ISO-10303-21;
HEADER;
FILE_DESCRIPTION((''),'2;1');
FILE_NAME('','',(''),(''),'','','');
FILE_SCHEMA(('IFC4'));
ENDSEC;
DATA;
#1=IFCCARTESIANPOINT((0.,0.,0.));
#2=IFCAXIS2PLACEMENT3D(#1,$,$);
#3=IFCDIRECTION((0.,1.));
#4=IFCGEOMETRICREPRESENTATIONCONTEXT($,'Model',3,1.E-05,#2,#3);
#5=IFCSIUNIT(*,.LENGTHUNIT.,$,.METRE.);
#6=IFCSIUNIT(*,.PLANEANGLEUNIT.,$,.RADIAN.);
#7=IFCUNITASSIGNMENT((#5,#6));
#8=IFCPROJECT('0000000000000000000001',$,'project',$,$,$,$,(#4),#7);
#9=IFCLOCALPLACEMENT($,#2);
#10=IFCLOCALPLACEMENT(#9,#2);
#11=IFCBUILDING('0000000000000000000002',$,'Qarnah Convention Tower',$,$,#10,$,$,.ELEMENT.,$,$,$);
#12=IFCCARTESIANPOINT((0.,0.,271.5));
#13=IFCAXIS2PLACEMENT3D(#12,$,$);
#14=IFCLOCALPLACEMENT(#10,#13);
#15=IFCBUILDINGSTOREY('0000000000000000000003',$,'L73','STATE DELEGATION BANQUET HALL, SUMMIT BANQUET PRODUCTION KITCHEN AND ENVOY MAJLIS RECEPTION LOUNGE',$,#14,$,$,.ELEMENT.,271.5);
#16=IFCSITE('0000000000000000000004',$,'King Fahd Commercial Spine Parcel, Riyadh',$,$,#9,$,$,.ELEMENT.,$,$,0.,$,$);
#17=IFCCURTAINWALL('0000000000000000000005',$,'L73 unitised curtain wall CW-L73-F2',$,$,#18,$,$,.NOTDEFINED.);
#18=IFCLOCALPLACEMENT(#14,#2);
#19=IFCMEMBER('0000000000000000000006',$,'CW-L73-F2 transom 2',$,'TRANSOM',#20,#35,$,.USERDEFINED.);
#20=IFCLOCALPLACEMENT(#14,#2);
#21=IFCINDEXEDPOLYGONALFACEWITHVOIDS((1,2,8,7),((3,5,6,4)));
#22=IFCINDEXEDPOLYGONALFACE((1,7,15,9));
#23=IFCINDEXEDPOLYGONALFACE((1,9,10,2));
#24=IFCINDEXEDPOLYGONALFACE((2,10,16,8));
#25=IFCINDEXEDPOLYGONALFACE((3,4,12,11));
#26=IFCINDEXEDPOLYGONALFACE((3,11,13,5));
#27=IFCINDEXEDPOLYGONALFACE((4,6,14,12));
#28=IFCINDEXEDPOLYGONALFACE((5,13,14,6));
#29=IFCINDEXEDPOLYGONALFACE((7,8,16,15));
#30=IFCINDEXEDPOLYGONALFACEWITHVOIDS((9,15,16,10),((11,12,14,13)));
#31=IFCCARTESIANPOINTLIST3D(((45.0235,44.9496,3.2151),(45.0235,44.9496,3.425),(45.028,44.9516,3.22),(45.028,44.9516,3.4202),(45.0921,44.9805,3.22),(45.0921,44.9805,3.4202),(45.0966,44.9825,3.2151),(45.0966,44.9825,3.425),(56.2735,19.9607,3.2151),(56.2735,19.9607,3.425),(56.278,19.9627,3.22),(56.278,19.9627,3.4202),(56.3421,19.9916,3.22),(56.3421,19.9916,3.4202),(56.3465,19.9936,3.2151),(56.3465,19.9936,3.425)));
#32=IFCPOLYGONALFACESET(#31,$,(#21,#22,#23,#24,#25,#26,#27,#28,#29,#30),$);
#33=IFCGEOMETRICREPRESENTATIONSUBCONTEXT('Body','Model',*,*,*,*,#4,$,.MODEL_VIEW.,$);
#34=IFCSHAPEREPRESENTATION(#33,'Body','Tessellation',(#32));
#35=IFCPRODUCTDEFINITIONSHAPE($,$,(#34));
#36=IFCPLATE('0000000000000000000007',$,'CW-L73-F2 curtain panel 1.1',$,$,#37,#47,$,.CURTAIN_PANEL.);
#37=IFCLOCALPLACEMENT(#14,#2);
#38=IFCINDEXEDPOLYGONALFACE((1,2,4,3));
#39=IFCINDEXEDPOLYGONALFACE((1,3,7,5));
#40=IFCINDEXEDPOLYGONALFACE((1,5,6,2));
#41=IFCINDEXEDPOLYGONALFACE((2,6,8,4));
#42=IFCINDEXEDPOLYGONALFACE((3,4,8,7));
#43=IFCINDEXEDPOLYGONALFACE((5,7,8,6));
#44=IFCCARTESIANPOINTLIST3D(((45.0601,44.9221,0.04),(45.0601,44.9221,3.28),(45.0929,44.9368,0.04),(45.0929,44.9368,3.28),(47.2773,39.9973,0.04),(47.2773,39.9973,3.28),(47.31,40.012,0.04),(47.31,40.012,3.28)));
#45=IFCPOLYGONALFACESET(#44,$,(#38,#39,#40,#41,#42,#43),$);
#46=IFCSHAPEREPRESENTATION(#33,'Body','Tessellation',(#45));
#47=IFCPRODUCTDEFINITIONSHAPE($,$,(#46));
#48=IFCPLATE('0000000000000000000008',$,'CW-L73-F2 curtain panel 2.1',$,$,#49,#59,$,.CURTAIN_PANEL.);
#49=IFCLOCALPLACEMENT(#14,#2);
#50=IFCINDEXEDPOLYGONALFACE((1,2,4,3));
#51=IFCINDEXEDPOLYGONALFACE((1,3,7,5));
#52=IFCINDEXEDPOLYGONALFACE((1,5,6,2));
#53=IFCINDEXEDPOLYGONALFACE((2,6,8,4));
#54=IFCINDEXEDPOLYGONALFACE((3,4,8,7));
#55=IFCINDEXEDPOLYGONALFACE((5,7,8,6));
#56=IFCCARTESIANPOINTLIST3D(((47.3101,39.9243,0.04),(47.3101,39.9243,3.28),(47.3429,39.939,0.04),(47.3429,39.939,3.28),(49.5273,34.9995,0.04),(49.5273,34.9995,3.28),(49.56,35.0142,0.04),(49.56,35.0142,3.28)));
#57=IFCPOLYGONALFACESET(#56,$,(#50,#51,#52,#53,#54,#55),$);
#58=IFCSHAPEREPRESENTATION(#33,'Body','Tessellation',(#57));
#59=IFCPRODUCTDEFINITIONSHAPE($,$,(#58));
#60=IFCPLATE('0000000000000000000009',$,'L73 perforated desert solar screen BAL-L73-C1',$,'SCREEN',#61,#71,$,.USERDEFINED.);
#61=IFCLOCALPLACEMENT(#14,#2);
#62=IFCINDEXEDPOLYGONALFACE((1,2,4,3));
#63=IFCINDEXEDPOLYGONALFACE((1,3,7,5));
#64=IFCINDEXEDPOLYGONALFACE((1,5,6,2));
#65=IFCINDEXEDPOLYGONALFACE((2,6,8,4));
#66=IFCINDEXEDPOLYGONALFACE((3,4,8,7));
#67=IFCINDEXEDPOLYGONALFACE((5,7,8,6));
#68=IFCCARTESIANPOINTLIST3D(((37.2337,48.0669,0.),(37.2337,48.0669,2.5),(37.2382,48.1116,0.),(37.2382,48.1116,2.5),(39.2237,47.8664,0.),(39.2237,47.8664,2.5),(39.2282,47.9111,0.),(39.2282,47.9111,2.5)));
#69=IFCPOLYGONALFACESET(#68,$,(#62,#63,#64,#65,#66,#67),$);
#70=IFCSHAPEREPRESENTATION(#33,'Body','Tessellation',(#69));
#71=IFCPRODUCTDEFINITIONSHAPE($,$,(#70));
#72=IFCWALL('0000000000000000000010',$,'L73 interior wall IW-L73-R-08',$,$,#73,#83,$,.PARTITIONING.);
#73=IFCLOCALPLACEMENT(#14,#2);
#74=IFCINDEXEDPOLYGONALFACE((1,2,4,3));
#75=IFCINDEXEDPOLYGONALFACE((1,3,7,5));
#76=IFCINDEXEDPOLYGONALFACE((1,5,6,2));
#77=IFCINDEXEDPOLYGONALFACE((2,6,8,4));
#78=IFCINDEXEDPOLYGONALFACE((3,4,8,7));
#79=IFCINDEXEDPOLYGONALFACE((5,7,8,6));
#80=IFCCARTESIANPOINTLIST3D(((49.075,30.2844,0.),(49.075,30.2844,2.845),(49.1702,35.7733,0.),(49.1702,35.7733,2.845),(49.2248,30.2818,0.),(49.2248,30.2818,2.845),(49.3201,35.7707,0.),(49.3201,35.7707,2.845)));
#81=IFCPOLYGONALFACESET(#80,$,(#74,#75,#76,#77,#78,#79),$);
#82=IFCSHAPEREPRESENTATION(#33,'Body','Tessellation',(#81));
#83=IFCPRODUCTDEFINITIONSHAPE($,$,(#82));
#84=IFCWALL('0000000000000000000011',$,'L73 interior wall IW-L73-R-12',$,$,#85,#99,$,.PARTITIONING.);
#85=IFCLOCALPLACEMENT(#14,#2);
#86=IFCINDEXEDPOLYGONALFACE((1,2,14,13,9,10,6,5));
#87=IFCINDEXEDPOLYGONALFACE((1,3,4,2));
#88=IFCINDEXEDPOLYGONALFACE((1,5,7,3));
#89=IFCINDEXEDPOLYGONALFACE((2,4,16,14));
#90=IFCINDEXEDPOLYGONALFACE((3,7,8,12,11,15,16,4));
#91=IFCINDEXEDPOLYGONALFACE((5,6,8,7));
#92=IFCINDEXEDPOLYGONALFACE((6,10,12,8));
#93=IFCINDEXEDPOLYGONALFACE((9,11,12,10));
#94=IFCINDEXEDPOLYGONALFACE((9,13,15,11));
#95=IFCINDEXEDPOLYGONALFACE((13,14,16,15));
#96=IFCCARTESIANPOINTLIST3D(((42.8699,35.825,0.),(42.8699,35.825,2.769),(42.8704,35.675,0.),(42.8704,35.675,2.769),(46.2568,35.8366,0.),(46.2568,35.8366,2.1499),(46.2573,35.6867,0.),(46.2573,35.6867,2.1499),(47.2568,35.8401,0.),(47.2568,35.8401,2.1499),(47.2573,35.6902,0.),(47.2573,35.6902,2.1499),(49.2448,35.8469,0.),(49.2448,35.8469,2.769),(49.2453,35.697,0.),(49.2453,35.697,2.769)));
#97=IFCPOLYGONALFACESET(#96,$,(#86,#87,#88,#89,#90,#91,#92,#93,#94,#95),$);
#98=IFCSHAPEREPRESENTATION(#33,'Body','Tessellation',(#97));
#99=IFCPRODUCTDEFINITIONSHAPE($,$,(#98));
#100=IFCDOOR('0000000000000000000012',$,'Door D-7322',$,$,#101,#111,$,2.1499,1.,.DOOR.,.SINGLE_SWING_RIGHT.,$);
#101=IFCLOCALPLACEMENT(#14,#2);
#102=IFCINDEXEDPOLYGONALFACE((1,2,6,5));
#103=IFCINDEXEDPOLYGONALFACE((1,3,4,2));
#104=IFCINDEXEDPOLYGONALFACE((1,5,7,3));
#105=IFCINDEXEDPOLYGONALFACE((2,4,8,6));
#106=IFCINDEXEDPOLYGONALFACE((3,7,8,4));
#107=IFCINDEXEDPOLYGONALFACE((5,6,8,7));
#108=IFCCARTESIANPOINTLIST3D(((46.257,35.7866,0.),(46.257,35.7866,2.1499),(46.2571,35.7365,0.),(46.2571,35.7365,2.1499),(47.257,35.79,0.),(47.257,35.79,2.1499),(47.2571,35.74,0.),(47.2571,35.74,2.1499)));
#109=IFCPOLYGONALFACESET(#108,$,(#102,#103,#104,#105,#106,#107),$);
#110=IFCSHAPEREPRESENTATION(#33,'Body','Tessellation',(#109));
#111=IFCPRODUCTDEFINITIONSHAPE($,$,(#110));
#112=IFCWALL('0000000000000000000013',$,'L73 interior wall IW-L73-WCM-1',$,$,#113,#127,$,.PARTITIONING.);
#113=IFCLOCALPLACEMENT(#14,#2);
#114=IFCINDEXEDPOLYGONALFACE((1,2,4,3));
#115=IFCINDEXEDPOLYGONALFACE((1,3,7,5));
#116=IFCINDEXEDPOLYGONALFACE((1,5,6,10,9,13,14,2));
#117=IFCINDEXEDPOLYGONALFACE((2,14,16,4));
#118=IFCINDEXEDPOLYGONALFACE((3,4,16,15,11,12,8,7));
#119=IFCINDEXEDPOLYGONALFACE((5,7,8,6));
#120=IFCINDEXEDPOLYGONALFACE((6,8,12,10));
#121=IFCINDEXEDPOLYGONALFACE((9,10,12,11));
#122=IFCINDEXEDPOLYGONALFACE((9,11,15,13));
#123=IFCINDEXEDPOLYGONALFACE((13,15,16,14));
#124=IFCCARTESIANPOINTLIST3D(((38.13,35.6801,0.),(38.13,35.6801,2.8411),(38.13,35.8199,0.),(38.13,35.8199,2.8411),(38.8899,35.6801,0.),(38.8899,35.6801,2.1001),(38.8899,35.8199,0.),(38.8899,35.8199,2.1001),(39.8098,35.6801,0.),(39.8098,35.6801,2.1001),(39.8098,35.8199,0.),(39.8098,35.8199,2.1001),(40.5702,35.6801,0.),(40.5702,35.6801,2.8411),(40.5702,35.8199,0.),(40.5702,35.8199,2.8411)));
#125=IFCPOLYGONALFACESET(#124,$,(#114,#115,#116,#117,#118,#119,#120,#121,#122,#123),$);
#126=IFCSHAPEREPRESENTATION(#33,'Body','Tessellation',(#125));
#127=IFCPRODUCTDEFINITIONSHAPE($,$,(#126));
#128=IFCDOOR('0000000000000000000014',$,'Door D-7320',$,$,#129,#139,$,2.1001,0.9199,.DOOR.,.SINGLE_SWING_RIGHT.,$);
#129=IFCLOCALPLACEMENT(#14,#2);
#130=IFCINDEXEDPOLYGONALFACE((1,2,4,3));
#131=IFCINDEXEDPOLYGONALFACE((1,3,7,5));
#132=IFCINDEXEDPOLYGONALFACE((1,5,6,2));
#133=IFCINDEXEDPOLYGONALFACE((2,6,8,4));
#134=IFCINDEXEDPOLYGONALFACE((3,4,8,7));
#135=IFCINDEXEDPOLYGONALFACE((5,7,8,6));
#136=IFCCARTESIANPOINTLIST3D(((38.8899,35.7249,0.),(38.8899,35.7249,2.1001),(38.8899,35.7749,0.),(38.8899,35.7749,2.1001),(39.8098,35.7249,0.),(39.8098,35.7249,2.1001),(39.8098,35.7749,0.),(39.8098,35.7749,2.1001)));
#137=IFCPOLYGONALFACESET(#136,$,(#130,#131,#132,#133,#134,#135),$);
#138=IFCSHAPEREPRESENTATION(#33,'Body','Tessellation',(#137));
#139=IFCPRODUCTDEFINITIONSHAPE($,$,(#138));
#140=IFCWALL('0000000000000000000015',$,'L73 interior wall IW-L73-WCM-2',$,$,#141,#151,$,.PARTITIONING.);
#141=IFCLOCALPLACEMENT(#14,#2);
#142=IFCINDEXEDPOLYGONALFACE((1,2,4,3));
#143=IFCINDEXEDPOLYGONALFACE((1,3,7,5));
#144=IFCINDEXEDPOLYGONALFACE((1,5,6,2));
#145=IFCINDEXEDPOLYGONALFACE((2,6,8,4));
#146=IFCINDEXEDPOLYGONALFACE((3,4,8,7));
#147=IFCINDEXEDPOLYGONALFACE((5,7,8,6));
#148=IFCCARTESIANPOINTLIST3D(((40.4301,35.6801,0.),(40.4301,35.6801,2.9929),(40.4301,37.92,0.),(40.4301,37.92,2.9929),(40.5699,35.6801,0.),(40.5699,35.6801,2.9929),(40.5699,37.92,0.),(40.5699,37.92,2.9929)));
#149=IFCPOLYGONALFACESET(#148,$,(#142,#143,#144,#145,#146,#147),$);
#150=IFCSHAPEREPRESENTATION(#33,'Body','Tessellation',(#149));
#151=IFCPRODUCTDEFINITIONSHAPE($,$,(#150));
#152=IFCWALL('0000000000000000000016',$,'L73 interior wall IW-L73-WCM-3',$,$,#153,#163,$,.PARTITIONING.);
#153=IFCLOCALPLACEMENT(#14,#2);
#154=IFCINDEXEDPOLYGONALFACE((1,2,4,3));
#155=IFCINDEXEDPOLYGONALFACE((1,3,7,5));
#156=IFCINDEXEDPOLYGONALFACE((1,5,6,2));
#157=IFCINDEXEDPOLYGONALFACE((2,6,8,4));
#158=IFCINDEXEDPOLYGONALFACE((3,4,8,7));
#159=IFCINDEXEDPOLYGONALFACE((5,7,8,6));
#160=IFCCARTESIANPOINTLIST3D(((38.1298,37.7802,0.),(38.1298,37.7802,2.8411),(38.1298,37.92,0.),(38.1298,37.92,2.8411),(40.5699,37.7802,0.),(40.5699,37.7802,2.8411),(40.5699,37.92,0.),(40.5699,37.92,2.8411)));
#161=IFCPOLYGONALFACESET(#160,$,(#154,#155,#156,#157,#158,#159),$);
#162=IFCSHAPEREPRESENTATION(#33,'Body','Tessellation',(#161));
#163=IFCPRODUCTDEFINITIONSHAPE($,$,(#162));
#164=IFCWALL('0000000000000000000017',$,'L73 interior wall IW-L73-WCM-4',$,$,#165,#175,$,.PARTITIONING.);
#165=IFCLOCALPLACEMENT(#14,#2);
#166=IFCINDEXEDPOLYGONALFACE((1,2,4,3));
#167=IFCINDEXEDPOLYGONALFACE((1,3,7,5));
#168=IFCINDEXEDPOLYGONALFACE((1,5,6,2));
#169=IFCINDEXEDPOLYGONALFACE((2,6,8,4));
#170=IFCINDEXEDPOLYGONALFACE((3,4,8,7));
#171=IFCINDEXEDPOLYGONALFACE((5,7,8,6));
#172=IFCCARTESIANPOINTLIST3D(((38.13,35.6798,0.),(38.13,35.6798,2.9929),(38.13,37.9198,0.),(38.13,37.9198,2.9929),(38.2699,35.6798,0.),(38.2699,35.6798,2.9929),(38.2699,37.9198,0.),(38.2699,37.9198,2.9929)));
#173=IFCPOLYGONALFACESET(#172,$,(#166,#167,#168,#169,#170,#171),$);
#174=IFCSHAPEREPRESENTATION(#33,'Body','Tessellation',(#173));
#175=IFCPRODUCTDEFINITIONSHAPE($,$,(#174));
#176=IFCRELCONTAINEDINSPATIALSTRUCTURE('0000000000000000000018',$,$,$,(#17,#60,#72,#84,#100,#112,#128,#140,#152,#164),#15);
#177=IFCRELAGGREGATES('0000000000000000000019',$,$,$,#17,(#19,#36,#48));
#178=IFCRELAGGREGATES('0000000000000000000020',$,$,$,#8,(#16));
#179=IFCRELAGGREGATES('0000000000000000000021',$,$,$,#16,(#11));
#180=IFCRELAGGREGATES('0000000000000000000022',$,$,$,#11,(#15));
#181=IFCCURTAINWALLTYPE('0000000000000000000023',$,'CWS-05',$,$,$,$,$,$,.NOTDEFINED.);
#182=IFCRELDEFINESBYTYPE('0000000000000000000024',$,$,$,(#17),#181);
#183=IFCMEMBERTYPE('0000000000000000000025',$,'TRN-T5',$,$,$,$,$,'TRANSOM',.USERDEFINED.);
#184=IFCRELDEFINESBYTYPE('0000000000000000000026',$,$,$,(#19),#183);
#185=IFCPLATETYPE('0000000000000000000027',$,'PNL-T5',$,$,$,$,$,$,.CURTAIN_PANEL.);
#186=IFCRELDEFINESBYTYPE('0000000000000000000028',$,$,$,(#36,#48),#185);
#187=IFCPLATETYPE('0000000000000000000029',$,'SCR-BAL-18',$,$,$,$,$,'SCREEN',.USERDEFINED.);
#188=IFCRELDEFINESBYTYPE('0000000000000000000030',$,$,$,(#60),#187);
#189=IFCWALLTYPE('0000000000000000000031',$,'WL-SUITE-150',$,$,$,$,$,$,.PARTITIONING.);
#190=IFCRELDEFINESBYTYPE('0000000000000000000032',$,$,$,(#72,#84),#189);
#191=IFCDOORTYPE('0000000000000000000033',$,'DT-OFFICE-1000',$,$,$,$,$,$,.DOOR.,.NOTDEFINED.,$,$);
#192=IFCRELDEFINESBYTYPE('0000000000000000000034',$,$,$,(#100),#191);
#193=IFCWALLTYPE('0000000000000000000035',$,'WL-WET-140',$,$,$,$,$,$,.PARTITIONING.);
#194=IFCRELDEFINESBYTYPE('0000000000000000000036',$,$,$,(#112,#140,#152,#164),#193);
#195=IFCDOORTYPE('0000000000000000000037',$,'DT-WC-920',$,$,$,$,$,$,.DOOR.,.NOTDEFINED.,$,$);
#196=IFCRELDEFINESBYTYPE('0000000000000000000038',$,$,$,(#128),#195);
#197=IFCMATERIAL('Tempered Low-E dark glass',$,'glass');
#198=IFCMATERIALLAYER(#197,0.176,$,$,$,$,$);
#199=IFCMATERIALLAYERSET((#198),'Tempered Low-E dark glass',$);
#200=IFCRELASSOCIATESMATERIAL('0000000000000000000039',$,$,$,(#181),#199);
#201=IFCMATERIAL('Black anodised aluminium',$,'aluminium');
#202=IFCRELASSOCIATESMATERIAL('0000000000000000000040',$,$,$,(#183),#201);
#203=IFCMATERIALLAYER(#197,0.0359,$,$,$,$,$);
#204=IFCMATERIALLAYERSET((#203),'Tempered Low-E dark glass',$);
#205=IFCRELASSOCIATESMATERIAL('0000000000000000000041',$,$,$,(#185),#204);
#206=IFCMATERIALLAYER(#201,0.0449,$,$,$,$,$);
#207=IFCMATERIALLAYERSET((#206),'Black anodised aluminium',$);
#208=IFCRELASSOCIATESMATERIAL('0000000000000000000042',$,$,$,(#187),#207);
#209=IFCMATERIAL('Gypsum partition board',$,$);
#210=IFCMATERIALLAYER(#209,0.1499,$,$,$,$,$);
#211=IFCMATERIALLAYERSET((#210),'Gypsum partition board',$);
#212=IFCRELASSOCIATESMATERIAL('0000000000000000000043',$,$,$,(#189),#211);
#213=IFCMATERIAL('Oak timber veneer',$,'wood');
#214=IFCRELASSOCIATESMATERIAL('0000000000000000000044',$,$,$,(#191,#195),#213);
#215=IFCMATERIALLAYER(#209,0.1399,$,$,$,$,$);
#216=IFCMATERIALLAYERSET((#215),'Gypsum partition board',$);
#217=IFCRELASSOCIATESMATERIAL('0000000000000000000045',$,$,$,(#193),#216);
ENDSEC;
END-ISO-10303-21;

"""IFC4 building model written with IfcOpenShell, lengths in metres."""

from ifc_helpers import new_model, si_unit, direction, frame, frame_2d, origin, origin_2d, place, context, subcontext, project, spatial, rectangle, hollow_rectangle, extrude, material, layer, layer_set, material_profile, profile_set, type_object, element, fill, aggregate, save


model = new_model("IFC4")

# Units and contexts
model_context = context("Model", 3, precision=1e-05, world=origin(), true_north=direction((0.0, 1.0)))
body_context = subcontext(model_context, "Body", "Model", "MODEL_VIEW")
ifc_project = project(units=[si_unit("LENGTHUNIT", "METRE"), si_unit("PLANEANGLEUNIT", "RADIAN")], contexts=[model_context])

# Site, building, storey
site_placement = place(None, origin())
site = spatial("IfcSite", under=ifc_project, at=site_placement, Name="King Fahd Commercial Spine Parcel, Riyadh", CompositionType="ELEMENT", RefElevation=0.0)
building_placement = place(site_placement, origin())
building = spatial("IfcBuilding", under=site, at=building_placement, Name="Qarnah Convention Tower", CompositionType="ELEMENT")
storey_placement = place(building_placement, frame((0.0, 0.0, 271.5)))
storey = spatial("IfcBuildingStorey", under=building, at=storey_placement, Name="L73", Description="STATE DELEGATION BANQUET HALL, SUMMIT BANQUET PRODUCTION KITCHEN AND ENVOY MAJLIS RECEPTION LOUNGE", CompositionType="ELEMENT", Elevation=271.5)

# Curtain wall, member, plates
ifc_material_1 = material(Name="Tempered Low-E dark glass", Category="glass")
ifc_layer_1 = layer(ifc_material_1, 0.176)
ifc_layer_set_1 = layer_set([ifc_layer_1], Name="Tempered Low-E dark glass")
curtain_wall_type = type_object("IfcCurtainWallType", Name="CWS-05", PredefinedType="NOTDEFINED", material=ifc_layer_set_1)
curtain_wall_placement = place(storey_placement, origin())
curtain_wall = element("IfcCurtainWall", 1, at=curtain_wall_placement, inside=storey, type_object=curtain_wall_type, Name="L73 unitised curtain wall CW-L73-F2", PredefinedType="NOTDEFINED")
ifc_material_2 = material(Name="Black anodised aluminium", Category="aluminium")
ifc_material_profile_1 = material_profile(ifc_material_2, hollow_rectangle(XDim=0.0801, YDim=0.21, WallThickness=0.0049, at=origin_2d()), Name="TRN-80X210")
ifc_profile_set_1 = profile_set([ifc_material_profile_1], Name="Black anodised aluminium")
member_type_1 = type_object("IfcMemberType", Name="TRN-T5", ElementType="TRANSOM", PredefinedType="USERDEFINED", material=ifc_profile_set_1)
member_1_placement = place(storey_placement, frame((45.0601, 44.9661, 3.3201), z_axis=(0.410515, -0.911854, 0.0), x_axis=(0.911854, 0.410515, 0.0)))
member_1 = element("IfcMember", 2, at=member_1_placement, type_object=member_type_1, Name="CW-L73-F2 transom 2", ObjectType="TRANSOM", PredefinedType="USERDEFINED", context=body_context, shape_type="SweptSolid", body=[
    extrude(hollow_rectangle(XDim=0.0801, YDim=0.21, WallThickness=0.0049, at=origin_2d()), origin(), (0.0, 0.0, 1.0), 27.4045),
])
ifc_layer_2 = layer(ifc_material_1, 0.0359)
ifc_layer_set_2 = layer_set([ifc_layer_2], Name="Tempered Low-E dark glass")
plate_type_1 = type_object("IfcPlateType", Name="PNL-T5", PredefinedType="CURTAIN_PANEL", material=ifc_layer_set_2)
plate_1_placement = place(storey_placement, frame((46.1851, 42.467, 0.04), z_axis=(0.0, 0.0, 1.0), x_axis=(0.410515, -0.911854, 0.0)))
plate_1 = element("IfcPlate", 3, at=plate_1_placement, type_object=plate_type_1, Name="CW-L73-F2 curtain panel 1.1", PredefinedType="CURTAIN_PANEL", context=body_context, shape_type="SweptSolid", body=[
    extrude(rectangle(XDim=5.4009, YDim=0.0359, at=origin_2d()), origin(), (0.0, 0.0, 1.0), 3.24),
])
plate_2_placement = place(storey_placement, frame((48.4351, 37.4692, 0.04), z_axis=(0.0, 0.0, 1.0), x_axis=(0.410515, -0.911854, 0.0)))
plate_2 = element("IfcPlate", 4, at=plate_2_placement, type_object=plate_type_1, Name="CW-L73-F2 curtain panel 2.1", PredefinedType="CURTAIN_PANEL", context=body_context, shape_type="SweptSolid", body=[
    extrude(rectangle(XDim=5.4009, YDim=0.0359, at=origin_2d()), origin(), (0.0, 0.0, 1.0), 3.24),
])
aggregate(curtain_wall, [member_1, plate_1, plate_2])

# Plate
ifc_layer_3 = layer(ifc_material_2, 0.0449)
ifc_layer_set_3 = layer_set([ifc_layer_3], Name="Black anodised aluminium")
plate_type_2 = type_object("IfcPlateType", Name="SCR-BAL-18", ElementType="SCREEN", PredefinedType="USERDEFINED", material=ifc_layer_set_3)
plate_3_placement = place(storey_placement, frame((38.231, 47.989, 0.0), z_axis=(0.0, 0.0, 1.0), x_axis=(0.99496, -0.100271, 0.0)))
element("IfcPlate", 5, at=plate_3_placement, inside=storey, type_object=plate_type_2, Name="L73 perforated desert solar screen BAL-L73-C1", ObjectType="SCREEN", PredefinedType="USERDEFINED", context=body_context, shape_type="SweptSolid", body=[
    extrude(rectangle(XDim=2.0, YDim=0.0449, at=origin_2d()), origin(), (0.0, 0.0, 1.0), 2.5),
])

# Wall
ifc_material_3 = material(Name="Gypsum partition board")
ifc_layer_4 = layer(ifc_material_3, 0.1499)
ifc_layer_set_4 = layer_set([ifc_layer_4], Name="Gypsum partition board")
wall_type_1 = type_object("IfcWallType", Name="WL-SUITE-150", PredefinedType="PARTITIONING", material=ifc_layer_set_4)
wall_1_placement = place(storey_placement, frame((49.2451, 35.772, 0.0), z_axis=(0.0, 0.0, 1.0), x_axis=(-0.017344, -0.99985, 0.0)))
element("IfcWall", 6, at=wall_1_placement, inside=storey, type_object=wall_type_1, Name="L73 interior wall IW-L73-R-08", PredefinedType="PARTITIONING", context=body_context, shape_type="SweptSolid", body=[
    extrude(rectangle(XDim=5.4897, YDim=0.1499, at=frame_2d((2.7449, 0.0))), origin(), (0.0, 0.0, 1.0), 2.845),
])

# Walls, openings, doors
wall_2_placement = place(storey_placement, frame((42.8701, 35.75, 0.0), z_axis=(0.0, 0.0, 1.0), x_axis=(0.999994, 0.003447, 0.0)))
wall_2 = element("IfcWall", 7, at=wall_2_placement, inside=storey, type_object=wall_type_1, Name="L73 interior wall IW-L73-R-12", PredefinedType="PARTITIONING", context=body_context, shape_type="SweptSolid", body=[
    extrude(rectangle(XDim=6.375, YDim=0.1499, at=frame_2d((3.1875, 0.0))), origin(), (0.0, 0.0, 1.0), 2.769),
])
opening_1_placement = place(wall_2_placement, frame((3.387, 0.0, 0.0)))
opening_1 = element("IfcOpeningElement", 8, at=opening_1_placement, cuts=wall_2, PredefinedType="OPENING", context=body_context, shape_type="SweptSolid", body=[
    extrude(rectangle(XDim=1.0, YDim=2.1499, at=frame_2d((0.5, 1.075))), frame((0.0, 0.085, 0.0), z_axis=(0.0, -1.0, 0.0), x_axis=(1.0, 0.0, 0.0)), (0.0, 0.0, 1.0), 0.1699),
])
ifc_material_4 = material(Name="Oak timber veneer", Category="wood")
door_type_1 = type_object("IfcDoorType", Name="DT-OFFICE-1000", OperationType="NOTDEFINED", PredefinedType="DOOR", material=ifc_material_4)
door_1_placement = place(opening_1_placement, origin())
door_1 = element("IfcDoor", 9, at=door_1_placement, inside=storey, type_object=door_type_1, Name="Door D-7322", OperationType="SINGLE_SWING_RIGHT", OverallHeight=2.1499, OverallWidth=1.0, PredefinedType="DOOR", context=body_context, shape_type="SweptSolid", body=[
    extrude(rectangle(XDim=1.0, YDim=2.1499, at=frame_2d((0.5, 1.075))), frame((0.0, 0.0249, 0.0), z_axis=(0.0, -1.0, 0.0), x_axis=(1.0, 0.0, 0.0)), (0.0, 0.0, 1.0), 0.05),
])
fill(opening_1, door_1)
ifc_layer_5 = layer(ifc_material_3, 0.1399)
ifc_layer_set_5 = layer_set([ifc_layer_5], Name="Gypsum partition board")
wall_type_2 = type_object("IfcWallType", Name="WL-WET-140", PredefinedType="PARTITIONING", material=ifc_layer_set_5)
wall_3_placement = place(storey_placement, frame((38.1299, 35.75, 0.0), z_axis=(0.0, 0.0, 1.0), x_axis=(1.0, 0.0, 0.0)))
wall_3 = element("IfcWall", 10, at=wall_3_placement, inside=storey, type_object=wall_type_2, Name="L73 interior wall IW-L73-WCM-1", PredefinedType="PARTITIONING", context=body_context, shape_type="SweptSolid", body=[
    extrude(rectangle(XDim=2.4402, YDim=0.1399, at=frame_2d((1.2202, 0.0))), origin(), (0.0, 0.0, 1.0), 2.8411),
])
opening_2_placement = place(wall_3_placement, frame((0.76, 0.0, 0.0)))
opening_2 = element("IfcOpeningElement", 11, at=opening_2_placement, cuts=wall_3, PredefinedType="OPENING", context=body_context, shape_type="SweptSolid", body=[
    extrude(rectangle(XDim=0.9199, YDim=2.1001, at=frame_2d((0.46, 1.05))), frame((0.0, 0.0798, 0.0), z_axis=(0.0, -1.0, 0.0), x_axis=(1.0, 0.0, 0.0)), (0.0, 0.0, 1.0), 0.1599),
])
door_type_2 = type_object("IfcDoorType", Name="DT-WC-920", OperationType="NOTDEFINED", PredefinedType="DOOR", material=ifc_material_4)
door_2_placement = place(opening_2_placement, origin())
door_2 = element("IfcDoor", 12, at=door_2_placement, inside=storey, type_object=door_type_2, Name="Door D-7320", OperationType="SINGLE_SWING_RIGHT", OverallHeight=2.1001, OverallWidth=0.9199, PredefinedType="DOOR", context=body_context, shape_type="SweptSolid", body=[
    extrude(rectangle(XDim=0.9199, YDim=2.1001, at=frame_2d((0.46, 1.05))), frame((0.0, 0.0249, 0.0), z_axis=(0.0, -1.0, 0.0), x_axis=(1.0, 0.0, 0.0)), (0.0, 0.0, 1.0), 0.05),
])
fill(opening_2, door_2)

# Walls
wall_4_placement = place(storey_placement, frame((40.5, 35.6799, 0.0), z_axis=(0.0, 0.0, 1.0), x_axis=(0.0, 1.0, 0.0)))
element("IfcWall", 13, at=wall_4_placement, inside=storey, type_object=wall_type_2, Name="L73 interior wall IW-L73-WCM-2", PredefinedType="PARTITIONING", context=body_context, shape_type="SweptSolid", body=[
    extrude(rectangle(XDim=2.24, YDim=0.1399, at=frame_2d((1.1201, 0.0))), origin(), (0.0, 0.0, 1.0), 2.9929),
])
wall_5_placement = place(storey_placement, frame((40.5701, 37.8501, 0.0), z_axis=(0.0, 0.0, 1.0), x_axis=(-1.0, 0.0, 0.0)))
element("IfcWall", 14, at=wall_5_placement, inside=storey, type_object=wall_type_2, Name="L73 interior wall IW-L73-WCM-3", PredefinedType="PARTITIONING", context=body_context, shape_type="SweptSolid", body=[
    extrude(rectangle(XDim=2.4402, YDim=0.1399, at=frame_2d((1.2202, 0.0))), origin(), (0.0, 0.0, 1.0), 2.8411),
])
wall_6_placement = place(storey_placement, frame((38.2, 37.9199, 0.0), z_axis=(0.0, 0.0, 1.0), x_axis=(0.0, -1.0, 0.0)))
element("IfcWall", 15, at=wall_6_placement, inside=storey, type_object=wall_type_2, Name="L73 interior wall IW-L73-WCM-4", PredefinedType="PARTITIONING", context=body_context, shape_type="SweptSolid", body=[
    extrude(rectangle(XDim=2.24, YDim=0.1399, at=frame_2d((1.1201, 0.0))), origin(), (0.0, 0.0, 1.0), 2.9929),
])

save(model, "model.ifc")
